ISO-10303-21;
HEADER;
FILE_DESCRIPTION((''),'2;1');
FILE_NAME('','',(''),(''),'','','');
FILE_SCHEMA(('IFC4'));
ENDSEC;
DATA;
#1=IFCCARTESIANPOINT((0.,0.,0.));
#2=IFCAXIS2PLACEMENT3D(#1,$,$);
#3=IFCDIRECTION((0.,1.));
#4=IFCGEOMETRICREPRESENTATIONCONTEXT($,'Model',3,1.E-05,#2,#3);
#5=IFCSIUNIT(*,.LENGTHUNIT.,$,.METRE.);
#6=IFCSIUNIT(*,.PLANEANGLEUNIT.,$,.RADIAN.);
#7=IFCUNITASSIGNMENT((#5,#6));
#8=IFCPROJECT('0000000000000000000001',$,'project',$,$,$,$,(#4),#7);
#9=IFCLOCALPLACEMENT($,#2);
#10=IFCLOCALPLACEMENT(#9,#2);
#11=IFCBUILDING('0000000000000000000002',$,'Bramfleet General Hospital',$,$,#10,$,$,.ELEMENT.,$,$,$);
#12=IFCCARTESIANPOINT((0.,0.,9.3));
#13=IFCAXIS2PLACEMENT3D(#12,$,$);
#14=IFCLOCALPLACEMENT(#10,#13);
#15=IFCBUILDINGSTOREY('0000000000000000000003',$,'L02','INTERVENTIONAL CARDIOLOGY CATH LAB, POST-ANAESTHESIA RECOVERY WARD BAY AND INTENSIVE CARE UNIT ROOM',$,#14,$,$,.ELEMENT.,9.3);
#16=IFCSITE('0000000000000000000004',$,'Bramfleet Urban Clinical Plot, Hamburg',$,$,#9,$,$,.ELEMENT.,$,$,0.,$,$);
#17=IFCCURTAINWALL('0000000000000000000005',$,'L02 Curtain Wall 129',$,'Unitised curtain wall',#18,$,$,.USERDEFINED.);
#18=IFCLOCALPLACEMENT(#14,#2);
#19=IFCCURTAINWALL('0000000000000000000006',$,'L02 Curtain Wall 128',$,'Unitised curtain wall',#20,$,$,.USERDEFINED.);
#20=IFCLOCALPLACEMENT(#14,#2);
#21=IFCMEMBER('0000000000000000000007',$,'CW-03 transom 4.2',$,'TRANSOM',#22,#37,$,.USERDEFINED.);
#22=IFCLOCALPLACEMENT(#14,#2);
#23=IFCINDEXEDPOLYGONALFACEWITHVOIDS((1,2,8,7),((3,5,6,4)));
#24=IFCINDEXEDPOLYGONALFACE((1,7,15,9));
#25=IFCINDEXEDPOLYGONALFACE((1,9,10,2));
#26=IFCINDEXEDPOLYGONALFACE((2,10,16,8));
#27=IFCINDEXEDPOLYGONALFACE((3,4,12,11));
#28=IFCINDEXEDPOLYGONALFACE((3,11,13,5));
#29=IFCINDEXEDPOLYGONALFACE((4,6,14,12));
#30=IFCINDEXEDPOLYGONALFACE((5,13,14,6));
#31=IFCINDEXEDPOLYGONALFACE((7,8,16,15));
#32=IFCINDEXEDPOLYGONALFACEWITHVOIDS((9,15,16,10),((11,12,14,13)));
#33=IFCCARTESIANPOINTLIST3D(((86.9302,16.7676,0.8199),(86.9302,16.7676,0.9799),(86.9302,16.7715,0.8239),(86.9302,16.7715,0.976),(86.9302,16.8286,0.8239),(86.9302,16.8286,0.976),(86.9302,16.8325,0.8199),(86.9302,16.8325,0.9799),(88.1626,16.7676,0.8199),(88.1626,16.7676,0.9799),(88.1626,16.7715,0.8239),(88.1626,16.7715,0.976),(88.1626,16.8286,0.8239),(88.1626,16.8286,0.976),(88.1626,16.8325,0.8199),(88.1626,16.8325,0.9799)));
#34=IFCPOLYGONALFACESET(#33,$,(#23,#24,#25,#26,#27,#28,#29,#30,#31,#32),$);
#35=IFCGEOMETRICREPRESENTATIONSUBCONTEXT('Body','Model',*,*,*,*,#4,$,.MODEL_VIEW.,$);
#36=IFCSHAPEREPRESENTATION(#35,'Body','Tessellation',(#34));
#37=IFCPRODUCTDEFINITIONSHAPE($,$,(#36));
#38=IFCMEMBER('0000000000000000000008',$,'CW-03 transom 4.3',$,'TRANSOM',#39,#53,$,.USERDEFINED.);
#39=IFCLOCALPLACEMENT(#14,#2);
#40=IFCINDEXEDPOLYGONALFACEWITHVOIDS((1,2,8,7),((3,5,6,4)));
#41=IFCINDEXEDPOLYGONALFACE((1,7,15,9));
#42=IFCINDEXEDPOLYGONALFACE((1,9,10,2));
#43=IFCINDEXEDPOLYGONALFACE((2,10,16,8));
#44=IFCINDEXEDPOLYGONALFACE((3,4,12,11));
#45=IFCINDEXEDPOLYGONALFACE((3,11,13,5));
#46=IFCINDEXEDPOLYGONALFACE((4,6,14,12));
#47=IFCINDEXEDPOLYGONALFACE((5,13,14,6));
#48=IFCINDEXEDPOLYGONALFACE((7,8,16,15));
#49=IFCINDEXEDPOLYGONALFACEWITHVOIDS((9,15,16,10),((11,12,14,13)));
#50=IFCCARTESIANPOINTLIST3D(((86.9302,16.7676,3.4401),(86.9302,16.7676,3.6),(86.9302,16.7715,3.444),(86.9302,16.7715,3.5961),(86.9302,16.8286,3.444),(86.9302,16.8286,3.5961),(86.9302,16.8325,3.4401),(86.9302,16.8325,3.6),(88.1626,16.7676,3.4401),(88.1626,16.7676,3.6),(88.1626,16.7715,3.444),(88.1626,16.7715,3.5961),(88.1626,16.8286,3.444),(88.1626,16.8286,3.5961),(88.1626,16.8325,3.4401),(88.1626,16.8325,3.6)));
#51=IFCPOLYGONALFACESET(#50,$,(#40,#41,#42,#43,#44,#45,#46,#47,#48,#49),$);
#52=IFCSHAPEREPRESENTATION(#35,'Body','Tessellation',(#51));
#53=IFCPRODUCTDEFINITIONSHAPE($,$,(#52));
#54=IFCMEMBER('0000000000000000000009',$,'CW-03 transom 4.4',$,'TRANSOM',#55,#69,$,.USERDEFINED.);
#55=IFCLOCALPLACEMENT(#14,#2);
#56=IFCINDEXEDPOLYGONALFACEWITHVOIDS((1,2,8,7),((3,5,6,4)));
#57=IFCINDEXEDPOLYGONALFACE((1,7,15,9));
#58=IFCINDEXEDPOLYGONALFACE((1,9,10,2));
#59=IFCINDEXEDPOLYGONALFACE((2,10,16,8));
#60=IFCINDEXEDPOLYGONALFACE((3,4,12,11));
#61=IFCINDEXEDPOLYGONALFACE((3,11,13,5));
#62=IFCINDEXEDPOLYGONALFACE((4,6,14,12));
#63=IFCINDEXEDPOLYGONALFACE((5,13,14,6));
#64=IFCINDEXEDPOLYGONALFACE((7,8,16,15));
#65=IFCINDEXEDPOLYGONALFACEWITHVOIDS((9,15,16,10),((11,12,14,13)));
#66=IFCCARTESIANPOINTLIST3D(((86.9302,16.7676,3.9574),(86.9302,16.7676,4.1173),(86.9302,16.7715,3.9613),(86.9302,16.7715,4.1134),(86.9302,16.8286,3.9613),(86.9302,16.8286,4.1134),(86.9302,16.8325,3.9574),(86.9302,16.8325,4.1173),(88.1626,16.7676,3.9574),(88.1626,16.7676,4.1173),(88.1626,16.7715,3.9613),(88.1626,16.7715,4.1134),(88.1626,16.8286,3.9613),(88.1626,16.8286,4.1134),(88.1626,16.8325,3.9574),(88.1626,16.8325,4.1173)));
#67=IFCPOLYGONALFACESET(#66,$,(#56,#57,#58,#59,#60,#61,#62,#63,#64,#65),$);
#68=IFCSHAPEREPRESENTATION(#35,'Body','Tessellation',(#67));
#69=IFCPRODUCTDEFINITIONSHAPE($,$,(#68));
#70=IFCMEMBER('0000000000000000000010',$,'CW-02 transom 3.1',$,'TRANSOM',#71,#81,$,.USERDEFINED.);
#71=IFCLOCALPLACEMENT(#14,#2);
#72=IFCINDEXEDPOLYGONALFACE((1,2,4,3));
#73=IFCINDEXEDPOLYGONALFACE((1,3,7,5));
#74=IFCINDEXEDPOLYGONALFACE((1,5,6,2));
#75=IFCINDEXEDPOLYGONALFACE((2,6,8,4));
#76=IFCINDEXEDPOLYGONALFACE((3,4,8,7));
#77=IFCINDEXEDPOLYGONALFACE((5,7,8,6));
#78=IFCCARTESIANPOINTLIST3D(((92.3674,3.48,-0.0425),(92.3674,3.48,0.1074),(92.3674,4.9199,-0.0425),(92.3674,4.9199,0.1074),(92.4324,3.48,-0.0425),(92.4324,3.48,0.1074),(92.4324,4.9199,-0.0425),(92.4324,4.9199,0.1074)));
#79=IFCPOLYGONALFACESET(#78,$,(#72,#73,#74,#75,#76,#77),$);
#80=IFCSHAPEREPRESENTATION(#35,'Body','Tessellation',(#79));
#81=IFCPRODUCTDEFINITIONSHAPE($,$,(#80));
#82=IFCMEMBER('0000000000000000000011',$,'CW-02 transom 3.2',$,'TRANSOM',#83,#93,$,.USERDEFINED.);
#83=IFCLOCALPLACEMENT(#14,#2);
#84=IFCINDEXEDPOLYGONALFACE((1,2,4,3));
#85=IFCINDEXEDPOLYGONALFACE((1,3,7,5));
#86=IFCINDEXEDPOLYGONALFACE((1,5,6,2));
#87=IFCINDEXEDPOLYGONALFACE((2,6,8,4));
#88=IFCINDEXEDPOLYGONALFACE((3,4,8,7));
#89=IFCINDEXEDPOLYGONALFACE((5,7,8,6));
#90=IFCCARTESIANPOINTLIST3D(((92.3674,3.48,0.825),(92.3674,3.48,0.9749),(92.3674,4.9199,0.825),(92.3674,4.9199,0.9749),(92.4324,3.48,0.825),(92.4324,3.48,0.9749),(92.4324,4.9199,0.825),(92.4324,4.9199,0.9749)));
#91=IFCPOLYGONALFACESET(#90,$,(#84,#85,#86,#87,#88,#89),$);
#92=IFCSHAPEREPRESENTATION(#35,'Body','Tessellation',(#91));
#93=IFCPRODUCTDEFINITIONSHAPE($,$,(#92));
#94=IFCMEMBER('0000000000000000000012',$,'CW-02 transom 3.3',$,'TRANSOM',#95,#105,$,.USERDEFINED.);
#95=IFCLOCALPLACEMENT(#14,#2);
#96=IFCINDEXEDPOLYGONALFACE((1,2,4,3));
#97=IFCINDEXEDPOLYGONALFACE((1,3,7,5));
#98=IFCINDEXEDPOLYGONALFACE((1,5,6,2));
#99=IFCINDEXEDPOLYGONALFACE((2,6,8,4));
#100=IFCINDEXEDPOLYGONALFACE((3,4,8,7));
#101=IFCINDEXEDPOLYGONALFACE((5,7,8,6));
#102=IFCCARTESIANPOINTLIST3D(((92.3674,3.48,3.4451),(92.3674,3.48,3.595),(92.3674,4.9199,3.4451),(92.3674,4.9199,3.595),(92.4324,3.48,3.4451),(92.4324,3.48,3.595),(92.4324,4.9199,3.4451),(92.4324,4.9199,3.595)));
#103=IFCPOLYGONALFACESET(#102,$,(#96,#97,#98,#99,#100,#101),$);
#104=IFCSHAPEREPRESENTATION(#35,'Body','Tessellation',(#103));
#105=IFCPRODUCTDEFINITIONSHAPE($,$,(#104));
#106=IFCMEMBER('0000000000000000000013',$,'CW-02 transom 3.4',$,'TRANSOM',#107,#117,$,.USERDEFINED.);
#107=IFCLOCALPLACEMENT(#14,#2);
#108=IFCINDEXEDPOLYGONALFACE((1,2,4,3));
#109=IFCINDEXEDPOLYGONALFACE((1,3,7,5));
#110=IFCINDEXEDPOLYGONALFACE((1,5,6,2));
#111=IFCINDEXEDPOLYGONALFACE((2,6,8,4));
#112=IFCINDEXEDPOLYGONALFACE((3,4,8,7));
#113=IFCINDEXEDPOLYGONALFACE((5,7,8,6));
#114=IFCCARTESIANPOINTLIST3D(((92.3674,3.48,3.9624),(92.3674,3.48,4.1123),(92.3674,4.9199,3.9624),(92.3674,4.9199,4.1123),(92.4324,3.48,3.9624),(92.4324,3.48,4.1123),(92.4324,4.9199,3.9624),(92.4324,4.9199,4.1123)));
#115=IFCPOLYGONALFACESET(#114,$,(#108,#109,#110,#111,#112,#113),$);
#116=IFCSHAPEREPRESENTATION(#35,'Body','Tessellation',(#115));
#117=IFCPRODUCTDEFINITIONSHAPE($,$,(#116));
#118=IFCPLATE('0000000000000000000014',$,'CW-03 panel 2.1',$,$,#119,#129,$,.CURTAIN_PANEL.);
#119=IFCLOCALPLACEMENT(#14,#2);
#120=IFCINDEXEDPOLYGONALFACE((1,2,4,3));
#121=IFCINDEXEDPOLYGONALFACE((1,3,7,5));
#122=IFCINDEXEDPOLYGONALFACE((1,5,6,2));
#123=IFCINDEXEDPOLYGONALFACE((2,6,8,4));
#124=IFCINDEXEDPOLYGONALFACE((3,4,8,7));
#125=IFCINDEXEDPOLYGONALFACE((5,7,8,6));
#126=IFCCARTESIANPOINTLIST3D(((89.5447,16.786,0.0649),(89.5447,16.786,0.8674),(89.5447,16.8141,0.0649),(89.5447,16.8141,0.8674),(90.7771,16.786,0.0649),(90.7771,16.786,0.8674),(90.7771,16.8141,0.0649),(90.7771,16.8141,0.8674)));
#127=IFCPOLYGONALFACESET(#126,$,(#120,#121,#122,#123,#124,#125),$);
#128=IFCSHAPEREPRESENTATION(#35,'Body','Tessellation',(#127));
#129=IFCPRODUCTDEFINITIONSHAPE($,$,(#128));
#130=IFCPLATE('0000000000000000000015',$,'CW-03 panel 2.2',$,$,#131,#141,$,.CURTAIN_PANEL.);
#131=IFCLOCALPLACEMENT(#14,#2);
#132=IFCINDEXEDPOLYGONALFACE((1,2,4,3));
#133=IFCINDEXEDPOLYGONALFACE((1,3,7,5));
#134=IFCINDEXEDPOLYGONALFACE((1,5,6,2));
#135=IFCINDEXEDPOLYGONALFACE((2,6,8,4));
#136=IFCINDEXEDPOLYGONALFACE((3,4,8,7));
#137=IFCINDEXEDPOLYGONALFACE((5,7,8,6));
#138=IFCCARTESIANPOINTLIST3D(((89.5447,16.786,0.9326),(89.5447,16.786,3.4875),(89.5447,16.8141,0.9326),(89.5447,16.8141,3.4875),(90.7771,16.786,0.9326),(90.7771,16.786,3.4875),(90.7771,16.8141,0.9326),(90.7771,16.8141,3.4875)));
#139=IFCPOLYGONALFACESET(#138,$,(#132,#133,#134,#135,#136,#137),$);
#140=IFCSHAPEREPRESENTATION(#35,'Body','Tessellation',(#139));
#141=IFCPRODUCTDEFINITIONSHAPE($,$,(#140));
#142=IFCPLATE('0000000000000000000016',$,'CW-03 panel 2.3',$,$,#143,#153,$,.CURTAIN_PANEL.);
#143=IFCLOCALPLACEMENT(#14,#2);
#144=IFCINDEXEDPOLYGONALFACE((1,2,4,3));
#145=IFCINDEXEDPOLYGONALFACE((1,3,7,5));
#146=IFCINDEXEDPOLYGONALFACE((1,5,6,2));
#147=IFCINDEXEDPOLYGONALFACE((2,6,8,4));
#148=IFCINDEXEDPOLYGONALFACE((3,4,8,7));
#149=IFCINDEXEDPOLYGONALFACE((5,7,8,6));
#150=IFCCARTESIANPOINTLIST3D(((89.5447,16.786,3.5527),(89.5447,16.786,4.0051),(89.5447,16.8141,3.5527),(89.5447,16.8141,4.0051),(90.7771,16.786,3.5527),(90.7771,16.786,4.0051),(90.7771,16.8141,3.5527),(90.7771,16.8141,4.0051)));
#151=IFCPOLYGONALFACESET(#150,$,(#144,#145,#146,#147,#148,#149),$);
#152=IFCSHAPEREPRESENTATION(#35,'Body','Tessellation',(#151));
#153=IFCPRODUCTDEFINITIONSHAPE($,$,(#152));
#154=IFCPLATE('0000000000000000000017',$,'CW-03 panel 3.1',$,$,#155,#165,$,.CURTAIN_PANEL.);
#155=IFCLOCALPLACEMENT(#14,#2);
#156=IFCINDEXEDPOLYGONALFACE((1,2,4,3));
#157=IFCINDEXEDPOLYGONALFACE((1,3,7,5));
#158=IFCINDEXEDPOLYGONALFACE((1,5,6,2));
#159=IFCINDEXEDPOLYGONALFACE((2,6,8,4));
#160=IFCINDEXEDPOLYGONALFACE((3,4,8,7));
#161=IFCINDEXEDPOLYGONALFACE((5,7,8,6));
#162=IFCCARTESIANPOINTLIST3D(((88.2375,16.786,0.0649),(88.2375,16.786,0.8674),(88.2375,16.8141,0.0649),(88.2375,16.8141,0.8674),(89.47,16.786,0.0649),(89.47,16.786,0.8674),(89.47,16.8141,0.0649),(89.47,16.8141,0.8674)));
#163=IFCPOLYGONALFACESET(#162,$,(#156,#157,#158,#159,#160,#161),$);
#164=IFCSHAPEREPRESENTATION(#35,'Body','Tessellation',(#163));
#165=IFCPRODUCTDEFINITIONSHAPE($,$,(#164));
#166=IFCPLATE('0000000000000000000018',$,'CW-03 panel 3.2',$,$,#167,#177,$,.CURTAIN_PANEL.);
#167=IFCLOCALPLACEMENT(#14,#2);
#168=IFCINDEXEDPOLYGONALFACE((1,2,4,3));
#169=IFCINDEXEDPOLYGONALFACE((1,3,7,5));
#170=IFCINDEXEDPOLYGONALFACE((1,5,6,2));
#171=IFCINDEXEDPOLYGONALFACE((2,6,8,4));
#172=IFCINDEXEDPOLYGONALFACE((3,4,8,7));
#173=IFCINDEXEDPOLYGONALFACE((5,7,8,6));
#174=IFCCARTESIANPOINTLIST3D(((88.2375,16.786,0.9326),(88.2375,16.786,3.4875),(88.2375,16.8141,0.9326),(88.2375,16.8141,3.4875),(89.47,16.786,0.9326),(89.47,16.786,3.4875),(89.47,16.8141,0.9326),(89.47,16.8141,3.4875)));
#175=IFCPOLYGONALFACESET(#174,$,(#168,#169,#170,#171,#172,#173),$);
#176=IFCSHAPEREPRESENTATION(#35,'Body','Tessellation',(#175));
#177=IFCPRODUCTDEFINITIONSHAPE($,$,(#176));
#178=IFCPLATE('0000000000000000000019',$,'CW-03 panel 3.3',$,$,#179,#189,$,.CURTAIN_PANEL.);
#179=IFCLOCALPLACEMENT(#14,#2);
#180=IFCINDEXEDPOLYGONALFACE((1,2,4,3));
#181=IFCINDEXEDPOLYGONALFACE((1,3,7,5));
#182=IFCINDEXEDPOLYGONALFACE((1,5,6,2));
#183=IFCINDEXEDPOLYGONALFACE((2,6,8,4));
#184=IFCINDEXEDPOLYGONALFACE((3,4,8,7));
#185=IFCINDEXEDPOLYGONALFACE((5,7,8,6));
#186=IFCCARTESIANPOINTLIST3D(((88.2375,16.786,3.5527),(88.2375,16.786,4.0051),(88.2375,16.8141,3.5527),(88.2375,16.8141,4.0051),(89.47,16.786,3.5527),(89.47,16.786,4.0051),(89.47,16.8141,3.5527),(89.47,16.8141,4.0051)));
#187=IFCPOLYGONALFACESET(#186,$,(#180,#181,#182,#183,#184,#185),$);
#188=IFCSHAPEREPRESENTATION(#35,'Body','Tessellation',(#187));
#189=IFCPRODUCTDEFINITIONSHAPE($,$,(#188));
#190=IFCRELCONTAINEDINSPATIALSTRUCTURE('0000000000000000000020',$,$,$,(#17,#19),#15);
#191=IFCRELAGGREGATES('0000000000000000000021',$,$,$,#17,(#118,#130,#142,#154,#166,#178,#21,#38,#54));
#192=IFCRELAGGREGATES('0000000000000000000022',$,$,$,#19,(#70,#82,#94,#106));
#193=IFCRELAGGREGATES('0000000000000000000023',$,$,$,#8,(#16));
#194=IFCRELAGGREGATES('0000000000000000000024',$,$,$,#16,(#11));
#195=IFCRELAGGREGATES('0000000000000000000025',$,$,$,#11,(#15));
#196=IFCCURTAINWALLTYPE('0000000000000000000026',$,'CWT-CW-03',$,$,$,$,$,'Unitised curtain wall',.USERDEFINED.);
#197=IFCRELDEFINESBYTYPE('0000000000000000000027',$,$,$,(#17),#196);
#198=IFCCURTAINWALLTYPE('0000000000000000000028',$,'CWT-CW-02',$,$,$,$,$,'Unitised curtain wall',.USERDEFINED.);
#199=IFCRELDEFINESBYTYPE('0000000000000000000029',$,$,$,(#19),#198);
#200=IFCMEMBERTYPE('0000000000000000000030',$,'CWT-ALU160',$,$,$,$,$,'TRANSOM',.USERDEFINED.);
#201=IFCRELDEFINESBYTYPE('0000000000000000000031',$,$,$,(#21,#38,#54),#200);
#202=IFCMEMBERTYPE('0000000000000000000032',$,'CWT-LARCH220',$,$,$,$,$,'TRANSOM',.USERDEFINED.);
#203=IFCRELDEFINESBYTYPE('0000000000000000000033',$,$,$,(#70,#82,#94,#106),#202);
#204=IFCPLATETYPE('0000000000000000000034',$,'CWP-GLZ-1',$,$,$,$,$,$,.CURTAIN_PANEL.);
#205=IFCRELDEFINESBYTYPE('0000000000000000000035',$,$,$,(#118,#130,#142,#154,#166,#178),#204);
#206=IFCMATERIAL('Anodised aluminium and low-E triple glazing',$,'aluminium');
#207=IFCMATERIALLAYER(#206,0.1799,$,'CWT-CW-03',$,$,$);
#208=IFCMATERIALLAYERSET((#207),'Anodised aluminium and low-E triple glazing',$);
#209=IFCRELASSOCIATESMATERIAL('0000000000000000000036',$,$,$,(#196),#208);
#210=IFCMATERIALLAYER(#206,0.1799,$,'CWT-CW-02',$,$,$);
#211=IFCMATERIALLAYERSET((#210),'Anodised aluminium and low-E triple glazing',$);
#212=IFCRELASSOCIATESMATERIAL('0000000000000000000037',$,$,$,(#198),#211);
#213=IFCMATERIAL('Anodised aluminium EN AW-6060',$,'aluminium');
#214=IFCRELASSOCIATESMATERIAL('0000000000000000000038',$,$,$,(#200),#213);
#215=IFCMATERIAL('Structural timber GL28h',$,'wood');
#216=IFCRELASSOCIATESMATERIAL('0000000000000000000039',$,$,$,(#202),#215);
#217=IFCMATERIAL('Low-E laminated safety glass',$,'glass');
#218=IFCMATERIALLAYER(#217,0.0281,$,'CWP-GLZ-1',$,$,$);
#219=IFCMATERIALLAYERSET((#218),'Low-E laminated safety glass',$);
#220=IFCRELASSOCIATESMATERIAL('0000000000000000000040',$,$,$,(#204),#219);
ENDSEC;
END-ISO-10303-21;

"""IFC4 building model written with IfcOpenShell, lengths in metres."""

from ifc_helpers import new_model, si_unit, direction, frame, origin, origin_2d, place, context, subcontext, project, spatial, rectangle, hollow_rectangle, extrude, material, layer, layer_set, material_profile, profile_set, type_object, element, aggregate, save


model = new_model("IFC4")

# Units and contexts
model_context = context("Model", 3, precision=1e-05, world=origin(), true_north=direction((0.0, 1.0)))
body_context = subcontext(model_context, "Body", "Model", "MODEL_VIEW")
ifc_project = project(units=[si_unit("LENGTHUNIT", "METRE"), si_unit("PLANEANGLEUNIT", "RADIAN")], contexts=[model_context])

# Site, building, storey
site_placement = place(None, origin())
site = spatial("IfcSite", under=ifc_project, at=site_placement, Name="Bramfleet Urban Clinical Plot, Hamburg", CompositionType="ELEMENT", RefElevation=0.0)
building_placement = place(site_placement, origin())
building = spatial("IfcBuilding", under=site, at=building_placement, Name="Bramfleet General Hospital", CompositionType="ELEMENT")
storey_placement = place(building_placement, frame((0.0, 0.0, 9.3)))
storey = spatial("IfcBuildingStorey", under=building, at=storey_placement, Name="L02", Description="INTERVENTIONAL CARDIOLOGY CATH LAB, POST-ANAESTHESIA RECOVERY WARD BAY AND INTENSIVE CARE UNIT ROOM", CompositionType="ELEMENT", Elevation=9.3)

# Curtain wall
ifc_material_1 = material(Name="Anodised aluminium and low-E triple glazing", Category="aluminium")
ifc_layer_1 = layer(ifc_material_1, 0.1799, Name="CWT-CW-03")
ifc_layer_set_1 = layer_set([ifc_layer_1], Name="Anodised aluminium and low-E triple glazing")
curtain_wall_type_1 = type_object("IfcCurtainWallType", Name="CWT-CW-03", ElementType="Unitised curtain wall", PredefinedType="USERDEFINED", material=ifc_layer_set_1)
curtain_wall_1_placement = place(storey_placement, origin())
curtain_wall_1 = element("IfcCurtainWall", 1, at=curtain_wall_1_placement, inside=storey, type_object=curtain_wall_type_1, Name="L02 Curtain Wall 129", ObjectType="Unitised curtain wall", PredefinedType="USERDEFINED")
ifc_material_2 = material(Name="Anodised aluminium EN AW-6060", Category="aluminium")

# Curtain wall
ifc_layer_2 = layer(ifc_material_1, 0.1799, Name="CWT-CW-02")
ifc_layer_set_2 = layer_set([ifc_layer_2], Name="Anodised aluminium and low-E triple glazing")
curtain_wall_type_2 = type_object("IfcCurtainWallType", Name="CWT-CW-02", ElementType="Unitised curtain wall", PredefinedType="USERDEFINED", material=ifc_layer_set_2)
curtain_wall_2_placement = place(storey_placement, origin())
curtain_wall_2 = element("IfcCurtainWall", 2, at=curtain_wall_2_placement, inside=storey, type_object=curtain_wall_type_2, Name="L02 Curtain Wall 128", ObjectType="Unitised curtain wall", PredefinedType="USERDEFINED")
ifc_material_3 = material(Name="Structural timber GL28h", Category="wood")

# Members
ifc_material_profile_1 = material_profile(ifc_material_2, hollow_rectangle(XDim=0.0649, YDim=0.1599, WallThickness=0.0039, at=origin_2d()), Name="ALU 160x65x4.0")
ifc_profile_set_1 = profile_set([ifc_material_profile_1], Name="Anodised aluminium EN AW-6060")
member_type_1 = type_object("IfcMemberType", Name="CWT-ALU160", ElementType="TRANSOM", PredefinedType="USERDEFINED", material=ifc_profile_set_1)
member_1_placement = place(storey_placement, frame((88.1626, 16.8, 0.8999), z_axis=(-1.0, 0.0, 0.0), x_axis=(0.0, -1.0, 0.0)))
member_1 = element("IfcMember", 3, at=member_1_placement, type_object=member_type_1, Name="CW-03 transom 4.2", ObjectType="TRANSOM", PredefinedType="USERDEFINED", context=body_context, shape_type="SweptSolid", body=[
    extrude(hollow_rectangle(XDim=0.0649, YDim=0.1599, WallThickness=0.0039, at=origin_2d()), origin(), (0.0, 0.0, 1.0), 1.2324),
])
member_2_placement = place(storey_placement, frame((88.1626, 16.8, 3.52), z_axis=(-1.0, 0.0, 0.0), x_axis=(0.0, -1.0, 0.0)))
member_2 = element("IfcMember", 4, at=member_2_placement, type_object=member_type_1, Name="CW-03 transom 4.3", ObjectType="TRANSOM", PredefinedType="USERDEFINED", context=body_context, shape_type="SweptSolid", body=[
    extrude(hollow_rectangle(XDim=0.0649, YDim=0.1599, WallThickness=0.0039, at=origin_2d()), origin(), (0.0, 0.0, 1.0), 1.2324),
])
member_3_placement = place(storey_placement, frame((88.1626, 16.8, 4.0374), z_axis=(-1.0, 0.0, 0.0), x_axis=(0.0, -1.0, 0.0)))
member_3 = element("IfcMember", 5, at=member_3_placement, type_object=member_type_1, Name="CW-03 transom 4.4", ObjectType="TRANSOM", PredefinedType="USERDEFINED", context=body_context, shape_type="SweptSolid", body=[
    extrude(hollow_rectangle(XDim=0.0649, YDim=0.1599, WallThickness=0.0039, at=origin_2d()), origin(), (0.0, 0.0, 1.0), 1.2324),
])
ifc_material_profile_2 = material_profile(ifc_material_3, rectangle(XDim=0.0649, YDim=0.1499, at=origin_2d()), Name="LARCH 150x65")
ifc_profile_set_2 = profile_set([ifc_material_profile_2], Name="Structural timber GL28h")
member_type_2 = type_object("IfcMemberType", Name="CWT-LARCH220", ElementType="TRANSOM", PredefinedType="USERDEFINED", material=ifc_profile_set_2)
member_4_placement = place(storey_placement, frame((92.3999, 3.48, 0.0325), z_axis=(0.0, 1.0, 0.0), x_axis=(-1.0, 0.0, 0.0)))
member_4 = element("IfcMember", 6, at=member_4_placement, type_object=member_type_2, Name="CW-02 transom 3.1", ObjectType="TRANSOM", PredefinedType="USERDEFINED", context=body_context, shape_type="SweptSolid", body=[
    extrude(rectangle(XDim=0.0649, YDim=0.1499, at=origin_2d()), origin(), (0.0, 0.0, 1.0), 1.4399),
])
member_5_placement = place(storey_placement, frame((92.3999, 3.48, 0.8999), z_axis=(0.0, 1.0, 0.0), x_axis=(-1.0, 0.0, 0.0)))
member_5 = element("IfcMember", 7, at=member_5_placement, type_object=member_type_2, Name="CW-02 transom 3.2", ObjectType="TRANSOM", PredefinedType="USERDEFINED", context=body_context, shape_type="SweptSolid", body=[
    extrude(rectangle(XDim=0.0649, YDim=0.1499, at=origin_2d()), origin(), (0.0, 0.0, 1.0), 1.4399),
])
member_6_placement = place(storey_placement, frame((92.3999, 3.48, 3.52), z_axis=(0.0, 1.0, 0.0), x_axis=(-1.0, 0.0, 0.0)))
member_6 = element("IfcMember", 8, at=member_6_placement, type_object=member_type_2, Name="CW-02 transom 3.3", ObjectType="TRANSOM", PredefinedType="USERDEFINED", context=body_context, shape_type="SweptSolid", body=[
    extrude(rectangle(XDim=0.0649, YDim=0.1499, at=origin_2d()), origin(), (0.0, 0.0, 1.0), 1.4399),
])
member_7_placement = place(storey_placement, frame((92.3999, 3.48, 4.0374), z_axis=(0.0, 1.0, 0.0), x_axis=(-1.0, 0.0, 0.0)))
member_7 = element("IfcMember", 9, at=member_7_placement, type_object=member_type_2, Name="CW-02 transom 3.4", ObjectType="TRANSOM", PredefinedType="USERDEFINED", context=body_context, shape_type="SweptSolid", body=[
    extrude(rectangle(XDim=0.0649, YDim=0.1499, at=origin_2d()), origin(), (0.0, 0.0, 1.0), 1.4399),
])

# Plates
ifc_material_4 = material(Name="Low-E laminated safety glass", Category="glass")
ifc_layer_3 = layer(ifc_material_4, 0.0281, Name="CWP-GLZ-1")
ifc_layer_set_3 = layer_set([ifc_layer_3], Name="Low-E laminated safety glass")
plate_type_1 = type_object("IfcPlateType", Name="CWP-GLZ-1", PredefinedType="CURTAIN_PANEL", material=ifc_layer_set_3)
plate_1_placement = place(storey_placement, frame((90.1609, 16.8, 0.0649), z_axis=(0.0, 0.0, 1.0), x_axis=(-1.0, 0.0, 0.0)))
plate_1 = element("IfcPlate", 10, at=plate_1_placement, type_object=plate_type_1, Name="CW-03 panel 2.1", PredefinedType="CURTAIN_PANEL", context=body_context, shape_type="SweptSolid", body=[
    extrude(rectangle(XDim=1.2324, YDim=0.0281, at=origin_2d()), origin(), (0.0, 0.0, 1.0), 0.8025),
])
plate_2_placement = place(storey_placement, frame((90.1609, 16.8, 0.9326), z_axis=(0.0, 0.0, 1.0), x_axis=(-1.0, 0.0, 0.0)))
plate_2 = element("IfcPlate", 11, at=plate_2_placement, type_object=plate_type_1, Name="CW-03 panel 2.2", PredefinedType="CURTAIN_PANEL", context=body_context, shape_type="SweptSolid", body=[
    extrude(rectangle(XDim=1.2324, YDim=0.0281, at=origin_2d()), origin(), (0.0, 0.0, 1.0), 2.5549),
])
plate_3_placement = place(storey_placement, frame((90.1609, 16.8, 3.5527), z_axis=(0.0, 0.0, 1.0), x_axis=(-1.0, 0.0, 0.0)))
plate_3 = element("IfcPlate", 12, at=plate_3_placement, type_object=plate_type_1, Name="CW-03 panel 2.3", PredefinedType="CURTAIN_PANEL", context=body_context, shape_type="SweptSolid", body=[
    extrude(rectangle(XDim=1.2324, YDim=0.0281, at=origin_2d()), origin(), (0.0, 0.0, 1.0), 0.4524),
])
plate_4_placement = place(storey_placement, frame((88.8538, 16.8, 0.0649), z_axis=(0.0, 0.0, 1.0), x_axis=(-1.0, 0.0, 0.0)))
plate_4 = element("IfcPlate", 13, at=plate_4_placement, type_object=plate_type_1, Name="CW-03 panel 3.1", PredefinedType="CURTAIN_PANEL", context=body_context, shape_type="SweptSolid", body=[
    extrude(rectangle(XDim=1.2324, YDim=0.0281, at=origin_2d()), origin(), (0.0, 0.0, 1.0), 0.8025),
])
plate_5_placement = place(storey_placement, frame((88.8538, 16.8, 0.9326), z_axis=(0.0, 0.0, 1.0), x_axis=(-1.0, 0.0, 0.0)))
plate_5 = element("IfcPlate", 14, at=plate_5_placement, type_object=plate_type_1, Name="CW-03 panel 3.2", PredefinedType="CURTAIN_PANEL", context=body_context, shape_type="SweptSolid", body=[
    extrude(rectangle(XDim=1.2324, YDim=0.0281, at=origin_2d()), origin(), (0.0, 0.0, 1.0), 2.5549),
])
plate_6_placement = place(storey_placement, frame((88.8538, 16.8, 3.5527), z_axis=(0.0, 0.0, 1.0), x_axis=(-1.0, 0.0, 0.0)))
plate_6 = element("IfcPlate", 15, at=plate_6_placement, type_object=plate_type_1, Name="CW-03 panel 3.3", PredefinedType="CURTAIN_PANEL", context=body_context, shape_type="SweptSolid", body=[
    extrude(rectangle(XDim=1.2324, YDim=0.0281, at=origin_2d()), origin(), (0.0, 0.0, 1.0), 0.4524),
])
aggregate(curtain_wall_1, [plate_1, plate_2, plate_3, plate_4, plate_5, plate_6, member_1, member_2, member_3])
aggregate(curtain_wall_2, [member_4, member_5, member_6, member_7])

save(model, "model.ifc")
